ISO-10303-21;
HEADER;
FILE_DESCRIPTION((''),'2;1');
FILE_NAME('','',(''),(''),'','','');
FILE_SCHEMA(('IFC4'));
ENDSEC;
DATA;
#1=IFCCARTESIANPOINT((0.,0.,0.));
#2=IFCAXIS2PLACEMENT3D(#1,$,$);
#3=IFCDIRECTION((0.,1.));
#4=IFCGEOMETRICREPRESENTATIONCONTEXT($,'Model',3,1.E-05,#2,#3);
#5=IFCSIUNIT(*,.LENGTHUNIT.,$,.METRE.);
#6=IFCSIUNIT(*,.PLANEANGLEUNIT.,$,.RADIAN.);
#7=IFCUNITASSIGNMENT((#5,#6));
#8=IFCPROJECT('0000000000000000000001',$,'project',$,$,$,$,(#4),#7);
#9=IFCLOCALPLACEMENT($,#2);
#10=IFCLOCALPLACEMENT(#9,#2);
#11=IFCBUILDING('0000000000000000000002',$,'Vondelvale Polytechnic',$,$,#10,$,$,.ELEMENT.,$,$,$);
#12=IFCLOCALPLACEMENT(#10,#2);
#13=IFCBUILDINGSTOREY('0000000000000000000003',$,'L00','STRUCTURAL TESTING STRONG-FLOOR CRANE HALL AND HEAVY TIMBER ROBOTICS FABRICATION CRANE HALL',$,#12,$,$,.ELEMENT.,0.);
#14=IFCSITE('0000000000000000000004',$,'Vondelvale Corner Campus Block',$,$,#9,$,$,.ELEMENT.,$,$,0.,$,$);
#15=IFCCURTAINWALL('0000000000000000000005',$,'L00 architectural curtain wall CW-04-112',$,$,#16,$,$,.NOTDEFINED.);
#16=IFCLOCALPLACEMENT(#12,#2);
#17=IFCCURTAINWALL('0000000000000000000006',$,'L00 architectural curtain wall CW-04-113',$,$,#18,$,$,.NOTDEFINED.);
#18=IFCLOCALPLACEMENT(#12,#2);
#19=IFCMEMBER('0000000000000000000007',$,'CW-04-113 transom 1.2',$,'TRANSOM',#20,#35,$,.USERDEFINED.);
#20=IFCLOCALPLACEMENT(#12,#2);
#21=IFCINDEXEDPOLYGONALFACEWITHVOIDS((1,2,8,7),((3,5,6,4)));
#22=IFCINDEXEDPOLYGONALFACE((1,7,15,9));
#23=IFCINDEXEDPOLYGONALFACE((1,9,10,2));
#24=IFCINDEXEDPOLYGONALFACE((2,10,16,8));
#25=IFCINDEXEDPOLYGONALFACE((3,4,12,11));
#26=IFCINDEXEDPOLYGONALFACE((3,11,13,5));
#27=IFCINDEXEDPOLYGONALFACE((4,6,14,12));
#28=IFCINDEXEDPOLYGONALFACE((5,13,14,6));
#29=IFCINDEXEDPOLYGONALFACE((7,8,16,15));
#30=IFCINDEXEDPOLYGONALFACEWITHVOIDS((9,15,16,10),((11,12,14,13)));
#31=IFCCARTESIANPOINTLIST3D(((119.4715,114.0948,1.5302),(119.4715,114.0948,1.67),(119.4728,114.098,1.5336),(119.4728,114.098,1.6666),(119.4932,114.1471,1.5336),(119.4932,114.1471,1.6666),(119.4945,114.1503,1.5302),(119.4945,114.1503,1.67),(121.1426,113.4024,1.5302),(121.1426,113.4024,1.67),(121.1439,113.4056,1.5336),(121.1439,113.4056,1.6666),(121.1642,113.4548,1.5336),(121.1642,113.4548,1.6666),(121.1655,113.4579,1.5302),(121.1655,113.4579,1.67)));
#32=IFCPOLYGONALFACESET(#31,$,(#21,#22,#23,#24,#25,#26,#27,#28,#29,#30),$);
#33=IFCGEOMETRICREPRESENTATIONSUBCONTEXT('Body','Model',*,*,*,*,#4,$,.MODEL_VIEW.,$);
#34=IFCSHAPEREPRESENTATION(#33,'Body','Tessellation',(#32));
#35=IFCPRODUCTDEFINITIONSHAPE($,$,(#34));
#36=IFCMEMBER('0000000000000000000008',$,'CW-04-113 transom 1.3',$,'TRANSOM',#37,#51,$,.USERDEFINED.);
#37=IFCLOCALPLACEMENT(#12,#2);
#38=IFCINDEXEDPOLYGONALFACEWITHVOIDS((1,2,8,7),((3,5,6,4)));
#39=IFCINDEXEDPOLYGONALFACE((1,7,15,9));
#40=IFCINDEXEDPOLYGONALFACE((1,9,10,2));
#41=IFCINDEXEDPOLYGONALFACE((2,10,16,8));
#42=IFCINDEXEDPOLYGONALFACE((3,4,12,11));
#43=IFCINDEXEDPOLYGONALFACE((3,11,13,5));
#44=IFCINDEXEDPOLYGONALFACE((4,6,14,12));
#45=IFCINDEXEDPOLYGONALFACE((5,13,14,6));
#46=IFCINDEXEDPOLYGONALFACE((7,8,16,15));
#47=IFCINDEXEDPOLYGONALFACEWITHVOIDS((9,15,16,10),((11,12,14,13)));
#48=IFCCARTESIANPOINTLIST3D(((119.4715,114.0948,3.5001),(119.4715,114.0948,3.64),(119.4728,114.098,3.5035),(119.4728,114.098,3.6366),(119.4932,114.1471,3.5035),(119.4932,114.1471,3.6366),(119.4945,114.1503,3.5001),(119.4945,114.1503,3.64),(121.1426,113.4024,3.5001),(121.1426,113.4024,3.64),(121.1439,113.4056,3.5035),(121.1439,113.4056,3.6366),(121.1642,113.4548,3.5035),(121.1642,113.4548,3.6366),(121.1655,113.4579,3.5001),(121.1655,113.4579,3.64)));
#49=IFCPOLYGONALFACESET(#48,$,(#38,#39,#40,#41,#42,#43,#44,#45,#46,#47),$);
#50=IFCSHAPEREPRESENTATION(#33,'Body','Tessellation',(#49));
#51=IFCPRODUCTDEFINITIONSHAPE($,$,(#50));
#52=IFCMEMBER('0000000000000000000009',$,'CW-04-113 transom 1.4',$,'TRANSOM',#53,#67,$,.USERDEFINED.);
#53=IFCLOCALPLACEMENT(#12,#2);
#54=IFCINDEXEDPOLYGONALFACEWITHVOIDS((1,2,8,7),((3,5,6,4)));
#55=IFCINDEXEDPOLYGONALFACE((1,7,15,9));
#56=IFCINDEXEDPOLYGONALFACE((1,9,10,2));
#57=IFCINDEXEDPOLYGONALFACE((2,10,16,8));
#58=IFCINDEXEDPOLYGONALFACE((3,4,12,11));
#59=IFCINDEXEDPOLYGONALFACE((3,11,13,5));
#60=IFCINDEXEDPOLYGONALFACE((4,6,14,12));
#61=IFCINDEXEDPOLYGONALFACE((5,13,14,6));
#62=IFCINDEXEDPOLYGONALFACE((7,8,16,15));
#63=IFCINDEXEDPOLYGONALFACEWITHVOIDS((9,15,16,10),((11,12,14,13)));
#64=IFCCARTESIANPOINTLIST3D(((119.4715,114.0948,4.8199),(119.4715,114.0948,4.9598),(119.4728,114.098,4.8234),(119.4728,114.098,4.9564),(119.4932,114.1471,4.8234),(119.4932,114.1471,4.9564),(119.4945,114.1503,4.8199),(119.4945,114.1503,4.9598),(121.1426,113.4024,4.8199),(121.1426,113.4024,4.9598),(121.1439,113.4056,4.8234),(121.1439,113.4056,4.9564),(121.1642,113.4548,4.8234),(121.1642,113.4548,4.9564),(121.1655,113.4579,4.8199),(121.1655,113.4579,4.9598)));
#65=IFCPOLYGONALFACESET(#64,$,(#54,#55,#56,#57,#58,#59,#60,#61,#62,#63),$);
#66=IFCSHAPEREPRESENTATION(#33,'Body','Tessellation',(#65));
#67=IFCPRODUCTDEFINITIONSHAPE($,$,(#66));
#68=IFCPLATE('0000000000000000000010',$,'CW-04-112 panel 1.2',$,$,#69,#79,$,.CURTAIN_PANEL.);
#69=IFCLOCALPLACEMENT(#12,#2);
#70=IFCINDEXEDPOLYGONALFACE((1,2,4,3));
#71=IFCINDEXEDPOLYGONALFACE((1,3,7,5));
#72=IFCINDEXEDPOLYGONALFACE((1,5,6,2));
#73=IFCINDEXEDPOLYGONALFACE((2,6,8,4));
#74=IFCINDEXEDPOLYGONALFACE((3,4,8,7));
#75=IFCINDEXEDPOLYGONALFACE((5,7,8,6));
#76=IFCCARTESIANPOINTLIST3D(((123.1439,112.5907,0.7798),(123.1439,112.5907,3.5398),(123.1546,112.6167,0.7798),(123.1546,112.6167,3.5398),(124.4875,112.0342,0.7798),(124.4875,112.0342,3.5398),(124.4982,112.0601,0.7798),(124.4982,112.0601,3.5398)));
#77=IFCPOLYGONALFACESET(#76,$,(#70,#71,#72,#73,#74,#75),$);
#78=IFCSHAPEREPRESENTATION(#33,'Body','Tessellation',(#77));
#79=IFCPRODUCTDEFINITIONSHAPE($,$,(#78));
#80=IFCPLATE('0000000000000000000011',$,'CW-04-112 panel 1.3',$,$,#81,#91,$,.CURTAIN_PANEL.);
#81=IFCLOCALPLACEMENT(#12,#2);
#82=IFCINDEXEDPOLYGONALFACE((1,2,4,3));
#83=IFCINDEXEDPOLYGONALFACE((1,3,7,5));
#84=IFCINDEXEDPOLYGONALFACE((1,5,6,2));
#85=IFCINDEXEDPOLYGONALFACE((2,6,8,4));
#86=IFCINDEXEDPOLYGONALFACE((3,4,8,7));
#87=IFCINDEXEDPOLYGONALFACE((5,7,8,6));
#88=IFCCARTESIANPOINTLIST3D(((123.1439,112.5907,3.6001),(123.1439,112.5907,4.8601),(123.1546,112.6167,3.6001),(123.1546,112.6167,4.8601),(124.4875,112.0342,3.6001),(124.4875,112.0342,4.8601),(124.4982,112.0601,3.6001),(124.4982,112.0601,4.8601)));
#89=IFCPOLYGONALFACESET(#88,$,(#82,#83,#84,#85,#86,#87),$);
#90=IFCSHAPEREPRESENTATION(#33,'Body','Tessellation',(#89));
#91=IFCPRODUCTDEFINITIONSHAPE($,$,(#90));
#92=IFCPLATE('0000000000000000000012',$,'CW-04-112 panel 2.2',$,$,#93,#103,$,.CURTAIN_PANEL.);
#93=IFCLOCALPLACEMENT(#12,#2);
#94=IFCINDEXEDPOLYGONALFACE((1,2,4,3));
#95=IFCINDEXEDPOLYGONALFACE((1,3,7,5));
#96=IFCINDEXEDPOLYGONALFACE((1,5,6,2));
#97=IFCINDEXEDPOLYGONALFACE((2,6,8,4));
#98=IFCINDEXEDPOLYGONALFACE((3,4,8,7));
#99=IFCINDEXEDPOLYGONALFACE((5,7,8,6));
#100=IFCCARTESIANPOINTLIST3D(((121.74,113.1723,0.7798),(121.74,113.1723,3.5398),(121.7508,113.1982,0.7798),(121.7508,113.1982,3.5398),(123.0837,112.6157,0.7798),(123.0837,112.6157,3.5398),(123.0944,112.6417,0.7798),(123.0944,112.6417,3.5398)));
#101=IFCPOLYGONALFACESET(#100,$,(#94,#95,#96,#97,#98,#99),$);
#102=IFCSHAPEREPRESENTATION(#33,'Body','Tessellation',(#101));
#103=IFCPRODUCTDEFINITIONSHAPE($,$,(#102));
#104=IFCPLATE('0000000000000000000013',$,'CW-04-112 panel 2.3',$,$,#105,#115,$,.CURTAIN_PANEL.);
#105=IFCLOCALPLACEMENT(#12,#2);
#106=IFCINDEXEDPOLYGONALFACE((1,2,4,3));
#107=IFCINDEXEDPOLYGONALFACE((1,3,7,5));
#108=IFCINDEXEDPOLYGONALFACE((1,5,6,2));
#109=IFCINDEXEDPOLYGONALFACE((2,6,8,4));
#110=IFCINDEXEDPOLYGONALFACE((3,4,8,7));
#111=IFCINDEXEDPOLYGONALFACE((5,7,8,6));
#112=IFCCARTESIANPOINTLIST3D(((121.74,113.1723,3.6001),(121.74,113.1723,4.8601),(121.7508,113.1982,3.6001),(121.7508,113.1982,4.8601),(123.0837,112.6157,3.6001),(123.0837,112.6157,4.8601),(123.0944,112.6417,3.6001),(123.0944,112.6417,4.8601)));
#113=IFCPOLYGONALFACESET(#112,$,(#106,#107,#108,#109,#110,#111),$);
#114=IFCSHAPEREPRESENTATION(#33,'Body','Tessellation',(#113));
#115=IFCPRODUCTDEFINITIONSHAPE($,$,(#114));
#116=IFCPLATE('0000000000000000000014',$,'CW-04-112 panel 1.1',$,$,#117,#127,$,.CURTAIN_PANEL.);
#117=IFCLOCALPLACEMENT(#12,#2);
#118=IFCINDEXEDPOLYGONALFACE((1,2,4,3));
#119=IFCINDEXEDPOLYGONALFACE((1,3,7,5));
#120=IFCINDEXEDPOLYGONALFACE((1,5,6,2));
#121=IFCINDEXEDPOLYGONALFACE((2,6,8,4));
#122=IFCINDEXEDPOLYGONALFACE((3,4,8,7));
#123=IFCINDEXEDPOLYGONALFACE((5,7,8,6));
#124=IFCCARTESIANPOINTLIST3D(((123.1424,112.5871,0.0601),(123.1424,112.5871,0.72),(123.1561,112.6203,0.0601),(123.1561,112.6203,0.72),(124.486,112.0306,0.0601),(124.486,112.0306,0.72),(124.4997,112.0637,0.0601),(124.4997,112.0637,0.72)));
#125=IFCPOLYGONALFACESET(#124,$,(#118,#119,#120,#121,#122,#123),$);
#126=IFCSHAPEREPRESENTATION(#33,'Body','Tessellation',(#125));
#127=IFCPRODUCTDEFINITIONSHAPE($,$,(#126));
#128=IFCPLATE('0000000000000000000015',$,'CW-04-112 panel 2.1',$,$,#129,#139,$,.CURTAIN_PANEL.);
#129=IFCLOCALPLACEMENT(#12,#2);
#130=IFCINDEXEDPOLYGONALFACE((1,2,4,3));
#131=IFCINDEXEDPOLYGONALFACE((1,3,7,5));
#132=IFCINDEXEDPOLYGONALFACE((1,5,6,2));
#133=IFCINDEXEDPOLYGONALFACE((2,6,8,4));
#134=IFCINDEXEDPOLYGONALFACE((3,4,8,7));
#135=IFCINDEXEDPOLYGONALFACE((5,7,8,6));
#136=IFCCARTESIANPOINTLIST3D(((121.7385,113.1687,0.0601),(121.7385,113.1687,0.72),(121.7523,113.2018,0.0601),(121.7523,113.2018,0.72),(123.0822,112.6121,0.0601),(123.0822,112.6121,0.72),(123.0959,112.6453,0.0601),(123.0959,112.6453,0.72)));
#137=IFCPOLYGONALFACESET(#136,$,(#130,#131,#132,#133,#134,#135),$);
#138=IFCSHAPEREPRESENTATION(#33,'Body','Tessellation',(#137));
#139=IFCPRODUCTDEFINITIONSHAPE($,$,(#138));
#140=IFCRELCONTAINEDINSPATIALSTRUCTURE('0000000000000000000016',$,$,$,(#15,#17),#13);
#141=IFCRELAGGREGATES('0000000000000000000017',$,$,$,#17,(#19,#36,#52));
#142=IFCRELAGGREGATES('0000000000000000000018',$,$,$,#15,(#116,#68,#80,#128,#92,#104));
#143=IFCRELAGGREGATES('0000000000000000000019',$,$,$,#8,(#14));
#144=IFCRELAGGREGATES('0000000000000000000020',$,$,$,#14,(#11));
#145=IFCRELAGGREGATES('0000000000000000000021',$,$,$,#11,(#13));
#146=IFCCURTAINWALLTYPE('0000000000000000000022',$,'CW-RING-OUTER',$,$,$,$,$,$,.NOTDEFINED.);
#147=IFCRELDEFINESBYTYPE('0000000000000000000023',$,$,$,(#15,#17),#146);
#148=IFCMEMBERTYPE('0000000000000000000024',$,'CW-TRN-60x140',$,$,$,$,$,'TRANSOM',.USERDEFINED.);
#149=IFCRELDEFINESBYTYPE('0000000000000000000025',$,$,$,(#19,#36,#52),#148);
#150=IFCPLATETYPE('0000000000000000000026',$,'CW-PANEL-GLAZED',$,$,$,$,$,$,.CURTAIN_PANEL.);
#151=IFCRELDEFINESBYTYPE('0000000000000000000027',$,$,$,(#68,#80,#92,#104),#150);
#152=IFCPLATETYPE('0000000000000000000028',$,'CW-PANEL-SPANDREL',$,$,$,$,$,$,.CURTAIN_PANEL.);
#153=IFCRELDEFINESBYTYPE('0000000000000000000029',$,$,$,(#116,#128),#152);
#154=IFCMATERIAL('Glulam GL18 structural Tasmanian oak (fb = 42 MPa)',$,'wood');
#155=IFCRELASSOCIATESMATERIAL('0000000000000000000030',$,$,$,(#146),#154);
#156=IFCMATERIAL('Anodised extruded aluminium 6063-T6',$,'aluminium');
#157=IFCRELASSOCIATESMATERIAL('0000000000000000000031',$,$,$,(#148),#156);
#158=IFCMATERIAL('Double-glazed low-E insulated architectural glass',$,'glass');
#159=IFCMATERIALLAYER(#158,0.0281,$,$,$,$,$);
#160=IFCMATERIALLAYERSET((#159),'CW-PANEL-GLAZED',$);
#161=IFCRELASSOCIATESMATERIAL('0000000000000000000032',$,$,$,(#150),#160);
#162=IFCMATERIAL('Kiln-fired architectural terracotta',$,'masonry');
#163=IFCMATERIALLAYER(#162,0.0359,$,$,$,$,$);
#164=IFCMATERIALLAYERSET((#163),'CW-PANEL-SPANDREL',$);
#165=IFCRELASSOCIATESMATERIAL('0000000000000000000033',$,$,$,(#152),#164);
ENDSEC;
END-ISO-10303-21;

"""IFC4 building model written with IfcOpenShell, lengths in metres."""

from ifc_helpers import new_model, si_unit, direction, frame, origin, origin_2d, place, context, subcontext, project, spatial, rectangle, hollow_rectangle, extrude, material, layer, layer_set, material_profile, profile_set, type_object, element, aggregate, save


model = new_model("IFC4")

# Units and contexts
model_context = context("Model", 3, precision=1e-05, world=origin(), true_north=direction((0.0, 1.0)))
body_context = subcontext(model_context, "Body", "Model", "MODEL_VIEW")
ifc_project = project(units=[si_unit("LENGTHUNIT", "METRE"), si_unit("PLANEANGLEUNIT", "RADIAN")], contexts=[model_context])

# Site, building, storey
site_placement = place(None, origin())
site = spatial("IfcSite", under=ifc_project, at=site_placement, Name="Vondelvale Corner Campus Block", CompositionType="ELEMENT", RefElevation=0.0)
building_placement = place(site_placement, origin())
building = spatial("IfcBuilding", under=site, at=building_placement, Name="Vondelvale Polytechnic", CompositionType="ELEMENT")
storey_placement = place(building_placement, origin())
storey = spatial("IfcBuildingStorey", under=building, at=storey_placement, Name="L00", Description="STRUCTURAL TESTING STRONG-FLOOR CRANE HALL AND HEAVY TIMBER ROBOTICS FABRICATION CRANE HALL", CompositionType="ELEMENT", Elevation=0.0)

# Shared definitions
ifc_material_1 = material(Name="Glulam GL18 structural Tasmanian oak (fb = 42 MPa)", Category="wood")

# Shared definitions
curtain_wall_type = type_object("IfcCurtainWallType", Name="CW-RING-OUTER", PredefinedType="NOTDEFINED", material=ifc_material_1)
ifc_material_2 = material(Name="Anodised extruded aluminium 6063-T6", Category="aluminium")

# Curtain wall
curtain_wall_1_placement = place(storey_placement, origin())
curtain_wall_1 = element("IfcCurtainWall", 1, at=curtain_wall_1_placement, inside=storey, type_object=curtain_wall_type, Name="L00 architectural curtain wall CW-04-112", PredefinedType="NOTDEFINED")

# Curtain wall
curtain_wall_2_placement = place(storey_placement, origin())
curtain_wall_2 = element("IfcCurtainWall", 2, at=curtain_wall_2_placement, inside=storey, type_object=curtain_wall_type, Name="L00 architectural curtain wall CW-04-113", PredefinedType="NOTDEFINED")

# Members
ifc_material_profile_1 = material_profile(ifc_material_2, hollow_rectangle(XDim=0.0601, YDim=0.1399, WallThickness=0.0034, at=origin_2d()), Name="CW-TRN-140x60")
ifc_profile_set_1 = profile_set([ifc_material_profile_1], Name="Anodised extruded aluminium 6063-T6")
member_type_1 = type_object("IfcMemberType", Name="CW-TRN-60x140", ElementType="TRANSOM", PredefinedType="USERDEFINED", material=ifc_profile_set_1)
member_1_placement = place(storey_placement, frame((121.1541, 113.4302, 1.6001), z_axis=(-0.923846, 0.382765, 0.0), x_axis=(-0.382765, -0.923846, 0.0)))
member_1 = element("IfcMember", 3, at=member_1_placement, type_object=member_type_1, Name="CW-04-113 transom 1.2", ObjectType="TRANSOM", PredefinedType="USERDEFINED", context=body_context, shape_type="SweptSolid", body=[
    extrude(hollow_rectangle(XDim=0.0601, YDim=0.1399, WallThickness=0.0034, at=origin_2d()), origin(), (0.0, 0.0, 1.0), 1.8088),
])
member_2_placement = place(storey_placement, frame((121.1541, 113.4302, 3.5701), z_axis=(-0.923846, 0.382765, 0.0), x_axis=(-0.382765, -0.923846, 0.0)))
member_2 = element("IfcMember", 4, at=member_2_placement, type_object=member_type_1, Name="CW-04-113 transom 1.3", ObjectType="TRANSOM", PredefinedType="USERDEFINED", context=body_context, shape_type="SweptSolid", body=[
    extrude(hollow_rectangle(XDim=0.0601, YDim=0.1399, WallThickness=0.0034, at=origin_2d()), origin(), (0.0, 0.0, 1.0), 1.8088),
])
member_3_placement = place(storey_placement, frame((121.1541, 113.4302, 4.8899), z_axis=(-0.923846, 0.382765, 0.0), x_axis=(-0.382765, -0.923846, 0.0)))
member_3 = element("IfcMember", 5, at=member_3_placement, type_object=member_type_1, Name="CW-04-113 transom 1.4", ObjectType="TRANSOM", PredefinedType="USERDEFINED", context=body_context, shape_type="SweptSolid", body=[
    extrude(hollow_rectangle(XDim=0.0601, YDim=0.1399, WallThickness=0.0034, at=origin_2d()), origin(), (0.0, 0.0, 1.0), 1.8088),
])
aggregate(curtain_wall_2, [member_1, member_2, member_3])

# Plates
ifc_material_3 = material(Name="Double-glazed low-E insulated architectural glass", Category="glass")
ifc_layer_1 = layer(ifc_material_3, 0.0281)
ifc_layer_set_1 = layer_set([ifc_layer_1], Name="CW-PANEL-GLAZED")
plate_type_1 = type_object("IfcPlateType", Name="CW-PANEL-GLAZED", PredefinedType="CURTAIN_PANEL", material=ifc_layer_set_1)
plate_1_placement = place(storey_placement, frame((123.821, 112.3254, 0.7798), z_axis=(0.0, 0.0, 1.0), x_axis=(-0.923881, 0.382679, 0.0)))
plate_1 = element("IfcPlate", 6, at=plate_1_placement, type_object=plate_type_1, Name="CW-04-112 panel 1.2", PredefinedType="CURTAIN_PANEL", context=body_context, shape_type="SweptSolid", body=[
    extrude(rectangle(XDim=1.4543, YDim=0.0281, at=origin_2d()), origin(), (0.0, 0.0, 1.0), 2.76),
])
plate_2_placement = place(storey_placement, frame((123.821, 112.3254, 3.6001), z_axis=(0.0, 0.0, 1.0), x_axis=(-0.923881, 0.382679, 0.0)))
plate_2 = element("IfcPlate", 7, at=plate_2_placement, type_object=plate_type_1, Name="CW-04-112 panel 1.3", PredefinedType="CURTAIN_PANEL", context=body_context, shape_type="SweptSolid", body=[
    extrude(rectangle(XDim=1.4543, YDim=0.0281, at=origin_2d()), origin(), (0.0, 0.0, 1.0), 1.26),
])
plate_3_placement = place(storey_placement, frame((122.4172, 112.907, 0.7798), z_axis=(0.0, 0.0, 1.0), x_axis=(-0.923881, 0.382679, 0.0)))
plate_3 = element("IfcPlate", 8, at=plate_3_placement, type_object=plate_type_1, Name="CW-04-112 panel 2.2", PredefinedType="CURTAIN_PANEL", context=body_context, shape_type="SweptSolid", body=[
    extrude(rectangle(XDim=1.4543, YDim=0.0281, at=origin_2d()), origin(), (0.0, 0.0, 1.0), 2.76),
])
plate_4_placement = place(storey_placement, frame((122.4172, 112.907, 3.6001), z_axis=(0.0, 0.0, 1.0), x_axis=(-0.923881, 0.382679, 0.0)))
plate_4 = element("IfcPlate", 9, at=plate_4_placement, type_object=plate_type_1, Name="CW-04-112 panel 2.3", PredefinedType="CURTAIN_PANEL", context=body_context, shape_type="SweptSolid", body=[
    extrude(rectangle(XDim=1.4543, YDim=0.0281, at=origin_2d()), origin(), (0.0, 0.0, 1.0), 1.26),
])
ifc_material_4 = material(Name="Kiln-fired architectural terracotta", Category="masonry")
ifc_layer_2 = layer(ifc_material_4, 0.0359)
ifc_layer_set_2 = layer_set([ifc_layer_2], Name="CW-PANEL-SPANDREL")
plate_type_2 = type_object("IfcPlateType", Name="CW-PANEL-SPANDREL", PredefinedType="CURTAIN_PANEL", material=ifc_layer_set_2)
plate_5_placement = place(storey_placement, frame((123.821, 112.3254, 0.0601), z_axis=(0.0, 0.0, 1.0), x_axis=(-0.923881, 0.382679, 0.0)))
plate_5 = element("IfcPlate", 10, at=plate_5_placement, type_object=plate_type_2, Name="CW-04-112 panel 1.1", PredefinedType="CURTAIN_PANEL", context=body_context, shape_type="SweptSolid", body=[
    extrude(rectangle(XDim=1.4543, YDim=0.0359, at=origin_2d()), origin(), (0.0, 0.0, 1.0), 0.6599),
])
plate_6_placement = place(storey_placement, frame((122.4172, 112.907, 0.0601), z_axis=(0.0, 0.0, 1.0), x_axis=(-0.923881, 0.382679, 0.0)))
plate_6 = element("IfcPlate", 11, at=plate_6_placement, type_object=plate_type_2, Name="CW-04-112 panel 2.1", PredefinedType="CURTAIN_PANEL", context=body_context, shape_type="SweptSolid", body=[
    extrude(rectangle(XDim=1.4543, YDim=0.0359, at=origin_2d()), origin(), (0.0, 0.0, 1.0), 0.6599),
])
aggregate(curtain_wall_1, [plate_5, plate_1, plate_2, plate_6, plate_3, plate_4])

save(model, "model.ifc")
